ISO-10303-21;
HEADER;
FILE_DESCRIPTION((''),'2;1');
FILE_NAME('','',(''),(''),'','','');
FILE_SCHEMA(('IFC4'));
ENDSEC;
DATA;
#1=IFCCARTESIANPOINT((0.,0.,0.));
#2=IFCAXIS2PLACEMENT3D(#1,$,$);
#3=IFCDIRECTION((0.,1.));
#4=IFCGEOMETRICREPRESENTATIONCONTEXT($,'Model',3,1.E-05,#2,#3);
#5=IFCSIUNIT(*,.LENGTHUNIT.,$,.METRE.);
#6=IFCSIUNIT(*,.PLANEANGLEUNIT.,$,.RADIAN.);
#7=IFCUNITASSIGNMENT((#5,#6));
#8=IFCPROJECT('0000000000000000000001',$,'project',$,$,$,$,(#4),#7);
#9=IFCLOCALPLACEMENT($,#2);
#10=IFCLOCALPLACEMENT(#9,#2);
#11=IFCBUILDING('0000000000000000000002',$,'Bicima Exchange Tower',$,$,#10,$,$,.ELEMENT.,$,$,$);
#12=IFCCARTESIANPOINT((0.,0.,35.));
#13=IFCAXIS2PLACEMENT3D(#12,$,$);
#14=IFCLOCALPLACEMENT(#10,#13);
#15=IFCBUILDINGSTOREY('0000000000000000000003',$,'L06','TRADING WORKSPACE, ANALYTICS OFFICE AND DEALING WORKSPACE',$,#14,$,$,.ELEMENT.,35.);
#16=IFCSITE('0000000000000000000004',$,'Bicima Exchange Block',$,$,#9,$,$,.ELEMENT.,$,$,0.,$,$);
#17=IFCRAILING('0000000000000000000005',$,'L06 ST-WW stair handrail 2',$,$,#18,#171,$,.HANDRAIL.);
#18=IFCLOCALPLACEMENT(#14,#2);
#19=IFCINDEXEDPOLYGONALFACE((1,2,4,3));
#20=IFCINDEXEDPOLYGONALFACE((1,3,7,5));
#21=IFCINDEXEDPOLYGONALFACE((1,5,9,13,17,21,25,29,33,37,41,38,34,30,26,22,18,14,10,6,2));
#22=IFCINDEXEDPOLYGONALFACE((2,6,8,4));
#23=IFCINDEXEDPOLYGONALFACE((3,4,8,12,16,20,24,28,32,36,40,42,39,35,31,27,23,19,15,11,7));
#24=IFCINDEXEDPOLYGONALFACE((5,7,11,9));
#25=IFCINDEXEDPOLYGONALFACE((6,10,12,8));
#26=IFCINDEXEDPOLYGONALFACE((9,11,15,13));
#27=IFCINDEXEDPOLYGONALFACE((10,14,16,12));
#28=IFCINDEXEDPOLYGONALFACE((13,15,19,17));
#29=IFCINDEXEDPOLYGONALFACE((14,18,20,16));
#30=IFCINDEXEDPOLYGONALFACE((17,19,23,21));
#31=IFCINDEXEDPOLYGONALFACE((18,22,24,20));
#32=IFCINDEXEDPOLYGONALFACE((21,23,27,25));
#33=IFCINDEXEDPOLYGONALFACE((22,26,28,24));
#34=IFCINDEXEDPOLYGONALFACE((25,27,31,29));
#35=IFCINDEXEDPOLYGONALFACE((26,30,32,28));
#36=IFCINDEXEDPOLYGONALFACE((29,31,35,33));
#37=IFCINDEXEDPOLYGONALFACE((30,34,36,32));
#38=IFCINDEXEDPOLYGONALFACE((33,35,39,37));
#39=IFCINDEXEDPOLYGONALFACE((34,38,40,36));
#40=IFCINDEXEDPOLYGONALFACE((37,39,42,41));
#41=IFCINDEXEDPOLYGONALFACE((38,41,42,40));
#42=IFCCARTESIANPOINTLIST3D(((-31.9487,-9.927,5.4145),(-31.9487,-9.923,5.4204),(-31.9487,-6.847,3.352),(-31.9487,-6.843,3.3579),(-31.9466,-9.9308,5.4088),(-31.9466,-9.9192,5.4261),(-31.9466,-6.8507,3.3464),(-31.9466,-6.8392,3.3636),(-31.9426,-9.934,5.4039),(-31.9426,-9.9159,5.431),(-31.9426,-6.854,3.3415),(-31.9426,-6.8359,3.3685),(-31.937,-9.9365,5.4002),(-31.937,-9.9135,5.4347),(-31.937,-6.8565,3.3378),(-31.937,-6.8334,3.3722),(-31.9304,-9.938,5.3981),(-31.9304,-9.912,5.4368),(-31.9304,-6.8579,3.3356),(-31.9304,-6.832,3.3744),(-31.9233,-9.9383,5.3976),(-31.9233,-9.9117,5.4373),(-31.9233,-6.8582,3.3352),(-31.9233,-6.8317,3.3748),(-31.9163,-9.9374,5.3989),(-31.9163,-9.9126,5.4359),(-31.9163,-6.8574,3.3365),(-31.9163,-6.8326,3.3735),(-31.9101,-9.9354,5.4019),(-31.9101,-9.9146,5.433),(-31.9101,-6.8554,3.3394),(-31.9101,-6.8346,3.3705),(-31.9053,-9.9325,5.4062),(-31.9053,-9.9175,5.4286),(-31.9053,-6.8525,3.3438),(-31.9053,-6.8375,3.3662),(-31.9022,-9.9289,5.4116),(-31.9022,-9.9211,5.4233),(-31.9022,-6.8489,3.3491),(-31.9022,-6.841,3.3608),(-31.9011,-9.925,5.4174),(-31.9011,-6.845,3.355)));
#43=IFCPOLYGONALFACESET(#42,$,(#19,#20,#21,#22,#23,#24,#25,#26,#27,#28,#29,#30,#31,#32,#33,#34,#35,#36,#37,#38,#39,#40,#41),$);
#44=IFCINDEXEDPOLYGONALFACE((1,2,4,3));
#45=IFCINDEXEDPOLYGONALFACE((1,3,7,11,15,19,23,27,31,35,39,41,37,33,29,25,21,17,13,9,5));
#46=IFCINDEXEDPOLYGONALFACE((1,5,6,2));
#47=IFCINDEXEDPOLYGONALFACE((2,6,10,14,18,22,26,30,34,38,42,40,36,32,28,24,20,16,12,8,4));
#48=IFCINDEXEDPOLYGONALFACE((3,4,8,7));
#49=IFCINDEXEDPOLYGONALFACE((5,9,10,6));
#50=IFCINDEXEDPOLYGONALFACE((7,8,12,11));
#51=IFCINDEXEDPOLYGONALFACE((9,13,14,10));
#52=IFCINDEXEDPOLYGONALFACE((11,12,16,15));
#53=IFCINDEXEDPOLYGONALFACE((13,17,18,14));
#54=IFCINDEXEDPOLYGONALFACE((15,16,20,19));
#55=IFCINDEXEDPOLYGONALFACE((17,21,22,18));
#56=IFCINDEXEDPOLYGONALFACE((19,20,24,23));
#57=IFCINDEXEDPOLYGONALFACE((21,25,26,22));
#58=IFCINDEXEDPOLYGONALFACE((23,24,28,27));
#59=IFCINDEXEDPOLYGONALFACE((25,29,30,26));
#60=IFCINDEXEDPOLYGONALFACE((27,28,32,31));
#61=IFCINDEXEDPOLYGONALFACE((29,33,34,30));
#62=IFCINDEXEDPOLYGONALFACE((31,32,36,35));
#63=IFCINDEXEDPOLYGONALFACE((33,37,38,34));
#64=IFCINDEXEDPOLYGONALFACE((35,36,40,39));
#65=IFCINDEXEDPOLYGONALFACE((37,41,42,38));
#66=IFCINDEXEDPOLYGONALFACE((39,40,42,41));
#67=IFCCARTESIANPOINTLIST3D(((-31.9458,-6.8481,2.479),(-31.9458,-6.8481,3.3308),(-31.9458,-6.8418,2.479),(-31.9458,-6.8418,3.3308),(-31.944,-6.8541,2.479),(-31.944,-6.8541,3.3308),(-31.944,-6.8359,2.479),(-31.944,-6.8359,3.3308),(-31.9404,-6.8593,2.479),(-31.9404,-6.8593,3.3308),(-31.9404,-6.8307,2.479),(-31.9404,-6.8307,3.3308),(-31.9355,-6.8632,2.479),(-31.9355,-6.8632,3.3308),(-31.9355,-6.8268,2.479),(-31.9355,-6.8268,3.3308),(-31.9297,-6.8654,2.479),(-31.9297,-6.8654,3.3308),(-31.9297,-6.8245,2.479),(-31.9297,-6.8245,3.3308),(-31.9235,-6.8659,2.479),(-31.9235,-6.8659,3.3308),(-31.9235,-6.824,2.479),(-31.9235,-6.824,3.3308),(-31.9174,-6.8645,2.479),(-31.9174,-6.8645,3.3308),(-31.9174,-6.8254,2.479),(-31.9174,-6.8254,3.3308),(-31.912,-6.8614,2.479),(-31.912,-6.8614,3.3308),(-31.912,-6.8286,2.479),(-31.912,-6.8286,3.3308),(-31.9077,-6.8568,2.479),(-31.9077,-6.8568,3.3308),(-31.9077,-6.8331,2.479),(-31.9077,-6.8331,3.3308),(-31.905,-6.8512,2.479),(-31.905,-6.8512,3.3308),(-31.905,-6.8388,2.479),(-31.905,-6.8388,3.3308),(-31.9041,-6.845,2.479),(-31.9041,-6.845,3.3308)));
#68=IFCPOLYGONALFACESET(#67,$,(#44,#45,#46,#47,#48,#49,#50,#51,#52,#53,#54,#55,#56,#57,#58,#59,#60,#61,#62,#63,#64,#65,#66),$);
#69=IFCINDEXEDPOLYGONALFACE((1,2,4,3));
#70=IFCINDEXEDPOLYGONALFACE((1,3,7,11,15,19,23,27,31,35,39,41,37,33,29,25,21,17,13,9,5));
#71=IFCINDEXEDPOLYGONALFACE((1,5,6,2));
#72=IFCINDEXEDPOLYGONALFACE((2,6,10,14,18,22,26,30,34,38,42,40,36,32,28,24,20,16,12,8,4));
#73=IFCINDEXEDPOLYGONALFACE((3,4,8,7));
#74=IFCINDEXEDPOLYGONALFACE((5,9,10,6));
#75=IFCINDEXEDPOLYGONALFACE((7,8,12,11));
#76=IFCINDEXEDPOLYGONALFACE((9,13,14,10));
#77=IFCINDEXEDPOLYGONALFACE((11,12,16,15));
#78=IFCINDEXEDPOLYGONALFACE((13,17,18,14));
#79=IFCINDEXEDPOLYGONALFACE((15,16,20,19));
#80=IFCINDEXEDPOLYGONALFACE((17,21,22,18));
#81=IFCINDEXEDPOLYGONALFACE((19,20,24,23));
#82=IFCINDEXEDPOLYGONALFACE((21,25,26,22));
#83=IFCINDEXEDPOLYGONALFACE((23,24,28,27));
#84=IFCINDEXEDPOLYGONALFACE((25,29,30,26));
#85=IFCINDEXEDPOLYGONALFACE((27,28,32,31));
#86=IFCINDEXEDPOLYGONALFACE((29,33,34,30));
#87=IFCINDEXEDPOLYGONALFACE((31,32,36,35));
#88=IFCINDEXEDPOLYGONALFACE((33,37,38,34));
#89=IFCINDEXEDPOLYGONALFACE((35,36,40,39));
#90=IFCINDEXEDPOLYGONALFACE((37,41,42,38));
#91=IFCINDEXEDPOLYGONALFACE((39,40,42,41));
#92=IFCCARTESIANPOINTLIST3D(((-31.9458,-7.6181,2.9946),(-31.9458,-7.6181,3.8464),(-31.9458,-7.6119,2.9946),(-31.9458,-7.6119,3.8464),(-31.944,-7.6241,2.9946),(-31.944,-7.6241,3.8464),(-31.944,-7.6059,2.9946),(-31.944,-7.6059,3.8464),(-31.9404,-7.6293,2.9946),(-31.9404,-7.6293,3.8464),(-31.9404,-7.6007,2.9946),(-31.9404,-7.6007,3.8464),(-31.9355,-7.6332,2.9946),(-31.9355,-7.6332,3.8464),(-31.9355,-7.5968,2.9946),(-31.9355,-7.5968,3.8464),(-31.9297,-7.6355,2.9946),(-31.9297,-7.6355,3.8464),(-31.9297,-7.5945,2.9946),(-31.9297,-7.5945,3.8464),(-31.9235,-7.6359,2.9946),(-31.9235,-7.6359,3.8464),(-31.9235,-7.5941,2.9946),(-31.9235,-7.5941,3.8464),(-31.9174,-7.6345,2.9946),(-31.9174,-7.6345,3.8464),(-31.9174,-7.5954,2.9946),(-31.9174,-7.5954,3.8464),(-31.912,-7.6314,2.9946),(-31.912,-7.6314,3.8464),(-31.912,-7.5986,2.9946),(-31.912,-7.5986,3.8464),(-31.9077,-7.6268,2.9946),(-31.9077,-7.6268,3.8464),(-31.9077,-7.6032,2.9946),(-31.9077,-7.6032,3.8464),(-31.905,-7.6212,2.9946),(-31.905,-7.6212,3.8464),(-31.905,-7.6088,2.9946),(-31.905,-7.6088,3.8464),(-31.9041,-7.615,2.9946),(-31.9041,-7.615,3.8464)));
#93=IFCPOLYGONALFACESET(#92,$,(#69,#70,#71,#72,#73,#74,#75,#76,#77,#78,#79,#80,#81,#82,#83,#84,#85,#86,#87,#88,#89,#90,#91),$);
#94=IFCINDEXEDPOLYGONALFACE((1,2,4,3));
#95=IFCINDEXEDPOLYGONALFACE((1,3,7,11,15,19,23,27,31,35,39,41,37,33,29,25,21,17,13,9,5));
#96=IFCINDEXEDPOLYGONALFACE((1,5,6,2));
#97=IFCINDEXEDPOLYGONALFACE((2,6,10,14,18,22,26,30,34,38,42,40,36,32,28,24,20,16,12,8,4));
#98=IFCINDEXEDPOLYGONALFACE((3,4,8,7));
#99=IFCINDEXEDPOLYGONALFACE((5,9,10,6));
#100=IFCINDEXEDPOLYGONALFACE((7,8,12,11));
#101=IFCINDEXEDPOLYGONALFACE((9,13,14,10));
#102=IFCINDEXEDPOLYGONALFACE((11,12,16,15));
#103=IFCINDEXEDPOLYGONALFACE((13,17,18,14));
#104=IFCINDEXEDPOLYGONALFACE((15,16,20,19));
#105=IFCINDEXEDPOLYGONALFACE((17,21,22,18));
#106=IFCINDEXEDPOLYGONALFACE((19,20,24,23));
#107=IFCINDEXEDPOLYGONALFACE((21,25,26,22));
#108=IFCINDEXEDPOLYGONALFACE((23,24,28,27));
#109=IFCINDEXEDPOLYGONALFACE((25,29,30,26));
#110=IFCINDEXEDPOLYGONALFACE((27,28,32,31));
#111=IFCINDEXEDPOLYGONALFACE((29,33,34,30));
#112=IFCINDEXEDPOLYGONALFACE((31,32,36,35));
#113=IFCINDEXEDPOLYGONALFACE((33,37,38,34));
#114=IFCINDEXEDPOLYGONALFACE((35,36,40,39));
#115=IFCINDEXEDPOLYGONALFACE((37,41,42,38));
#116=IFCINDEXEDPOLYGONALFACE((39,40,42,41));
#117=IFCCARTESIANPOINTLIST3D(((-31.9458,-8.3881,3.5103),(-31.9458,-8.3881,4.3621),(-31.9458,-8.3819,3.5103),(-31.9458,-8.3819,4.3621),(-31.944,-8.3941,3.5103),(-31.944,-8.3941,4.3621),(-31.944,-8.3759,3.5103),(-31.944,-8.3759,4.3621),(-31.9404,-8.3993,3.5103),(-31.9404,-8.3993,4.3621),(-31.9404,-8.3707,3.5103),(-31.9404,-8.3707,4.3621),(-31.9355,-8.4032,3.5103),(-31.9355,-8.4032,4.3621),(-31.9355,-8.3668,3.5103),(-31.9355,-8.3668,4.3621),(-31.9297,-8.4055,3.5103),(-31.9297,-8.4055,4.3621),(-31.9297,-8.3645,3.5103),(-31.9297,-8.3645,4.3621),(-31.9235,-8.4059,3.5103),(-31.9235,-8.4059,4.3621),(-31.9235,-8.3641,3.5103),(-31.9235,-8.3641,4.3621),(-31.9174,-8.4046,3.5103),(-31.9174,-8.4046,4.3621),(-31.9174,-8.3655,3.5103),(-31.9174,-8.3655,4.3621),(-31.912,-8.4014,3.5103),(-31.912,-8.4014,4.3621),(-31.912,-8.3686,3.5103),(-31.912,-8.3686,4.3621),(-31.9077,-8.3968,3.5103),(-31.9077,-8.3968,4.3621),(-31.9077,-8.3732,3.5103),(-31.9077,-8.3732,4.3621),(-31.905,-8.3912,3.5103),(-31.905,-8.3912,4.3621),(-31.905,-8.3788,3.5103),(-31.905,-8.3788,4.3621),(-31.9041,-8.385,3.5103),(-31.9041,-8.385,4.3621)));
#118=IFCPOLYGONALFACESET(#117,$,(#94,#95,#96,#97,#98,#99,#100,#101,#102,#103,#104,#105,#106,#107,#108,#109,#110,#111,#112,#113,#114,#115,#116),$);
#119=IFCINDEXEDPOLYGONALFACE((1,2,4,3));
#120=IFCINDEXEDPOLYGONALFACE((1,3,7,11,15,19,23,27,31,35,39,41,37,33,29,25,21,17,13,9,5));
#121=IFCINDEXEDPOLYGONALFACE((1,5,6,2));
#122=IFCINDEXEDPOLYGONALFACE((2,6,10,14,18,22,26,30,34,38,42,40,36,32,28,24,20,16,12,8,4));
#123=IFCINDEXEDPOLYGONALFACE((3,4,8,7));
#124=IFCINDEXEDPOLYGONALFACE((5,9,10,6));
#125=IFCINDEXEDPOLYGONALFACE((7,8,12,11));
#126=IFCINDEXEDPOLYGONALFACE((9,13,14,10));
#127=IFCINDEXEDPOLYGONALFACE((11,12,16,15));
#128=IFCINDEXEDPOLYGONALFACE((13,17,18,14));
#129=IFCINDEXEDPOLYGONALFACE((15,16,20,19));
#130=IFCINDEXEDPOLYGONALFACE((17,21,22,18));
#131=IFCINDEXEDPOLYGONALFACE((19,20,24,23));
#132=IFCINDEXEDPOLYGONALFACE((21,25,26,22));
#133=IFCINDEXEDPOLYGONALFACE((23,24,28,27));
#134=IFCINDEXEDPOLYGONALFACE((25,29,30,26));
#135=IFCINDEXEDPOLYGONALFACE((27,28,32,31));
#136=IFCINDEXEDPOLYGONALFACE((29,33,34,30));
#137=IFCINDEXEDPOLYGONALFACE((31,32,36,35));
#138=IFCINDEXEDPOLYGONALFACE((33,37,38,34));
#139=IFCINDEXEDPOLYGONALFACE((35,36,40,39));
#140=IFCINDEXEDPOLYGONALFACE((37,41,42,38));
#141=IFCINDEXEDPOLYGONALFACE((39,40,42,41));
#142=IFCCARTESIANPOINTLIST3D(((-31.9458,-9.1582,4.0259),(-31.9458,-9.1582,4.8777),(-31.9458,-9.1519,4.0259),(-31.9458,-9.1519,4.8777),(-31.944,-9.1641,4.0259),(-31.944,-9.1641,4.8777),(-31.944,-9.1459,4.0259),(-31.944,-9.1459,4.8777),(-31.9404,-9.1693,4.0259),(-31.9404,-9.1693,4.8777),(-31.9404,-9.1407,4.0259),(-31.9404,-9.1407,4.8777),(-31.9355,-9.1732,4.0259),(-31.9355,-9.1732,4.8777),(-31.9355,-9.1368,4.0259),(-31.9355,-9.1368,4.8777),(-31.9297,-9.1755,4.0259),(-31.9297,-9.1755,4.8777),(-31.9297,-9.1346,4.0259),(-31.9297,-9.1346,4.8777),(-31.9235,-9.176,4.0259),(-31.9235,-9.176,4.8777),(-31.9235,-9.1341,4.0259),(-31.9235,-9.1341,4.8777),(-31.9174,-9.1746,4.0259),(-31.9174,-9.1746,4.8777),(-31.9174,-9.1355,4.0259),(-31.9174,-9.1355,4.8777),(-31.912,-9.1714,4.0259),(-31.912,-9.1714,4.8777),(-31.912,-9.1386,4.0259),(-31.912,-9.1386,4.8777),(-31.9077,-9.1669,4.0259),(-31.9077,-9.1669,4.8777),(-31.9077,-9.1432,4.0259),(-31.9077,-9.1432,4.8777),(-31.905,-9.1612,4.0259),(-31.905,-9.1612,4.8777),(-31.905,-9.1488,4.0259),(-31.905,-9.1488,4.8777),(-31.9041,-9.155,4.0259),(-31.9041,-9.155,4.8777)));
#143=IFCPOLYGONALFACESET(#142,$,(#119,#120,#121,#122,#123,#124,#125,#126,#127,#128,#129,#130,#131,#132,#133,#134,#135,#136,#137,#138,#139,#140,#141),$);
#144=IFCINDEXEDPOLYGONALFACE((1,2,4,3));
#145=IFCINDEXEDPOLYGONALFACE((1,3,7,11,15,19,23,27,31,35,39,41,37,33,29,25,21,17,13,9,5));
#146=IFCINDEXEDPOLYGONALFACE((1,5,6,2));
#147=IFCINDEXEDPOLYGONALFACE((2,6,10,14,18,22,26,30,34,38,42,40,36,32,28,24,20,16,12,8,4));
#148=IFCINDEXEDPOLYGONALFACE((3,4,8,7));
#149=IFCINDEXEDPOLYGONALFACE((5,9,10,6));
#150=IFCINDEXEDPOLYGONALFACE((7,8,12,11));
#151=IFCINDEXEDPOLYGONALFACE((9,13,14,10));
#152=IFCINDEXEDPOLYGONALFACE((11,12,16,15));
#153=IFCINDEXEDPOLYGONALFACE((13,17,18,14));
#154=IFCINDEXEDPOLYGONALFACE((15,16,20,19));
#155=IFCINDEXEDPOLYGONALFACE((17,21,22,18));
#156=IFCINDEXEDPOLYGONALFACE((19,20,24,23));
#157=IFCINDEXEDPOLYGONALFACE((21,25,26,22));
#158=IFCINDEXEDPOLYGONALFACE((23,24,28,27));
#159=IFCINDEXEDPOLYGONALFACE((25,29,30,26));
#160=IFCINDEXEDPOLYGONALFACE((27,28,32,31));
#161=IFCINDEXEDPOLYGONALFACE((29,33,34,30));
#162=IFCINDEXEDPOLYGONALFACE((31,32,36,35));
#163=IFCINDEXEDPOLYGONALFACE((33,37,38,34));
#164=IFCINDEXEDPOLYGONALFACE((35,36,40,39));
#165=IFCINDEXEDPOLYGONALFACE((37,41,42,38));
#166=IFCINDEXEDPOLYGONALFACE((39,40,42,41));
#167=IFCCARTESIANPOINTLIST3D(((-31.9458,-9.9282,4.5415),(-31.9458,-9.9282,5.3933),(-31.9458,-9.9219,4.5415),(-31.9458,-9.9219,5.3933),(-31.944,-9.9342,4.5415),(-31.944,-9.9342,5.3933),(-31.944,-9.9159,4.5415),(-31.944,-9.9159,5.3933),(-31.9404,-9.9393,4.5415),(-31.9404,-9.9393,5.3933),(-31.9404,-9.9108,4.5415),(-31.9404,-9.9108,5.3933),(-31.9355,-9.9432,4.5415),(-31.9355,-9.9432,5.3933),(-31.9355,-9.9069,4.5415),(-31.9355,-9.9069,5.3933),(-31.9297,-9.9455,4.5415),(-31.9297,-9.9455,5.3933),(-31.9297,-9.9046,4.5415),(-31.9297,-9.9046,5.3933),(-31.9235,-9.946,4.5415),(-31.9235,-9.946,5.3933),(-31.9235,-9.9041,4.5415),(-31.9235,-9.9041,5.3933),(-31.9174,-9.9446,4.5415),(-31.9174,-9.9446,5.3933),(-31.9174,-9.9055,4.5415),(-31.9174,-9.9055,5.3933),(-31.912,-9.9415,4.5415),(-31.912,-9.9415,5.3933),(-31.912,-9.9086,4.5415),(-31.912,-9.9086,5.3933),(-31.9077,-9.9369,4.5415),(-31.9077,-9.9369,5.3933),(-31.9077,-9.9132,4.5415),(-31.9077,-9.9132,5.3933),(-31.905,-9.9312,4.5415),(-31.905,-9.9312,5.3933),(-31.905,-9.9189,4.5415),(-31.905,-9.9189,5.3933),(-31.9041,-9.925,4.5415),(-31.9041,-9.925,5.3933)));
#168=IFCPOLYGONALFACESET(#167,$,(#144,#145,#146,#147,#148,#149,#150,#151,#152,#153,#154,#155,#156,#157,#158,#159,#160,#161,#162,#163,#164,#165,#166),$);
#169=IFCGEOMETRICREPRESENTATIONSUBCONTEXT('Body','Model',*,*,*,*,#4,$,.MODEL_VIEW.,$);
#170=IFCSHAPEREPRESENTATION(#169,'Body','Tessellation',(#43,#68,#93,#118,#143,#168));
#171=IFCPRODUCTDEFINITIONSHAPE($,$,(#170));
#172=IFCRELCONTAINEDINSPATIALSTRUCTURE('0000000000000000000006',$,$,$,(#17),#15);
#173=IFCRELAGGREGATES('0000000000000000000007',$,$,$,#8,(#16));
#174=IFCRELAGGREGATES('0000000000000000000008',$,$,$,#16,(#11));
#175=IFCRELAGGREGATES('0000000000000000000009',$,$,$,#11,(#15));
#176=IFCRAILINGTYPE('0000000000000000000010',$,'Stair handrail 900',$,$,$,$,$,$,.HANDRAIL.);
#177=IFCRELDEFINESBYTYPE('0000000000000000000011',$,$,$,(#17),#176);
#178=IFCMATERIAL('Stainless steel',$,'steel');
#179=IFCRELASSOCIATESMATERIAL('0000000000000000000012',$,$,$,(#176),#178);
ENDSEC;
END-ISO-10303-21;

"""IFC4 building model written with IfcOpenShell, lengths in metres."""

from ifc_helpers import new_model, si_unit, direction, frame, origin, origin_2d, place, context, subcontext, project, spatial, circle, extrude, material, type_object, element, save


model = new_model("IFC4")

# Units and contexts
model_context = context("Model", 3, precision=1e-05, world=origin(), true_north=direction((0.0, 1.0)))
body_context = subcontext(model_context, "Body", "Model", "MODEL_VIEW")
ifc_project = project(units=[si_unit("LENGTHUNIT", "METRE"), si_unit("PLANEANGLEUNIT", "RADIAN")], contexts=[model_context])

# Site, building, storey
site_placement = place(None, origin())
site = spatial("IfcSite", under=ifc_project, at=site_placement, Name="Bicima Exchange Block", CompositionType="ELEMENT", RefElevation=0.0)
building_placement = place(site_placement, origin())
building = spatial("IfcBuilding", under=site, at=building_placement, Name="Bicima Exchange Tower", CompositionType="ELEMENT")
storey_placement = place(building_placement, frame((0.0, 0.0, 35.0)))
storey = spatial("IfcBuildingStorey", under=building, at=storey_placement, Name="L06", Description="TRADING WORKSPACE, ANALYTICS OFFICE AND DEALING WORKSPACE", CompositionType="ELEMENT", Elevation=35.0)

# Railing
ifc_material_1 = material(Name="Stainless steel", Category="steel")
railing_type_1 = type_object("IfcRailingType", Name="Stair handrail 900", PredefinedType="HANDRAIL", material=ifc_material_1)
railing_1_placement = place(storey_placement, frame((-31.925, -6.845, 2.479)))
element("IfcRailing", 1, at=railing_1_placement, inside=storey, type_object=railing_type_1, Name="L06 ST-WW stair handrail 2", PredefinedType="HANDRAIL", context=body_context, shape_type="SweptSolid", body=[
    extrude(circle(Radius=0.0239, at=origin_2d()), frame((0.0, 0.0, 0.876), z_axis=(0.0, -0.830914, 0.556401), x_axis=(1.0, 0.0, 0.0)), (0.0, 0.0, 1.0), 3.7068),
    extrude(circle(Radius=0.021, at=origin_2d()), origin(), (0.0, 0.0, 1.0), 0.8518),
    extrude(circle(Radius=0.021, at=origin_2d()), frame((0.0, -0.77, 0.5156)), (0.0, 0.0, 1.0), 0.8518),
    extrude(circle(Radius=0.021, at=origin_2d()), frame((0.0, -1.54, 1.0312)), (0.0, 0.0, 1.0), 0.8518),
    extrude(circle(Radius=0.021, at=origin_2d()), frame((0.0, -2.3101, 1.5469)), (0.0, 0.0, 1.0), 0.8518),
    extrude(circle(Radius=0.021, at=origin_2d()), frame((0.0, -3.0801, 2.0625)), (0.0, 0.0, 1.0), 0.8518),
])

save(model, "model.ifc")
